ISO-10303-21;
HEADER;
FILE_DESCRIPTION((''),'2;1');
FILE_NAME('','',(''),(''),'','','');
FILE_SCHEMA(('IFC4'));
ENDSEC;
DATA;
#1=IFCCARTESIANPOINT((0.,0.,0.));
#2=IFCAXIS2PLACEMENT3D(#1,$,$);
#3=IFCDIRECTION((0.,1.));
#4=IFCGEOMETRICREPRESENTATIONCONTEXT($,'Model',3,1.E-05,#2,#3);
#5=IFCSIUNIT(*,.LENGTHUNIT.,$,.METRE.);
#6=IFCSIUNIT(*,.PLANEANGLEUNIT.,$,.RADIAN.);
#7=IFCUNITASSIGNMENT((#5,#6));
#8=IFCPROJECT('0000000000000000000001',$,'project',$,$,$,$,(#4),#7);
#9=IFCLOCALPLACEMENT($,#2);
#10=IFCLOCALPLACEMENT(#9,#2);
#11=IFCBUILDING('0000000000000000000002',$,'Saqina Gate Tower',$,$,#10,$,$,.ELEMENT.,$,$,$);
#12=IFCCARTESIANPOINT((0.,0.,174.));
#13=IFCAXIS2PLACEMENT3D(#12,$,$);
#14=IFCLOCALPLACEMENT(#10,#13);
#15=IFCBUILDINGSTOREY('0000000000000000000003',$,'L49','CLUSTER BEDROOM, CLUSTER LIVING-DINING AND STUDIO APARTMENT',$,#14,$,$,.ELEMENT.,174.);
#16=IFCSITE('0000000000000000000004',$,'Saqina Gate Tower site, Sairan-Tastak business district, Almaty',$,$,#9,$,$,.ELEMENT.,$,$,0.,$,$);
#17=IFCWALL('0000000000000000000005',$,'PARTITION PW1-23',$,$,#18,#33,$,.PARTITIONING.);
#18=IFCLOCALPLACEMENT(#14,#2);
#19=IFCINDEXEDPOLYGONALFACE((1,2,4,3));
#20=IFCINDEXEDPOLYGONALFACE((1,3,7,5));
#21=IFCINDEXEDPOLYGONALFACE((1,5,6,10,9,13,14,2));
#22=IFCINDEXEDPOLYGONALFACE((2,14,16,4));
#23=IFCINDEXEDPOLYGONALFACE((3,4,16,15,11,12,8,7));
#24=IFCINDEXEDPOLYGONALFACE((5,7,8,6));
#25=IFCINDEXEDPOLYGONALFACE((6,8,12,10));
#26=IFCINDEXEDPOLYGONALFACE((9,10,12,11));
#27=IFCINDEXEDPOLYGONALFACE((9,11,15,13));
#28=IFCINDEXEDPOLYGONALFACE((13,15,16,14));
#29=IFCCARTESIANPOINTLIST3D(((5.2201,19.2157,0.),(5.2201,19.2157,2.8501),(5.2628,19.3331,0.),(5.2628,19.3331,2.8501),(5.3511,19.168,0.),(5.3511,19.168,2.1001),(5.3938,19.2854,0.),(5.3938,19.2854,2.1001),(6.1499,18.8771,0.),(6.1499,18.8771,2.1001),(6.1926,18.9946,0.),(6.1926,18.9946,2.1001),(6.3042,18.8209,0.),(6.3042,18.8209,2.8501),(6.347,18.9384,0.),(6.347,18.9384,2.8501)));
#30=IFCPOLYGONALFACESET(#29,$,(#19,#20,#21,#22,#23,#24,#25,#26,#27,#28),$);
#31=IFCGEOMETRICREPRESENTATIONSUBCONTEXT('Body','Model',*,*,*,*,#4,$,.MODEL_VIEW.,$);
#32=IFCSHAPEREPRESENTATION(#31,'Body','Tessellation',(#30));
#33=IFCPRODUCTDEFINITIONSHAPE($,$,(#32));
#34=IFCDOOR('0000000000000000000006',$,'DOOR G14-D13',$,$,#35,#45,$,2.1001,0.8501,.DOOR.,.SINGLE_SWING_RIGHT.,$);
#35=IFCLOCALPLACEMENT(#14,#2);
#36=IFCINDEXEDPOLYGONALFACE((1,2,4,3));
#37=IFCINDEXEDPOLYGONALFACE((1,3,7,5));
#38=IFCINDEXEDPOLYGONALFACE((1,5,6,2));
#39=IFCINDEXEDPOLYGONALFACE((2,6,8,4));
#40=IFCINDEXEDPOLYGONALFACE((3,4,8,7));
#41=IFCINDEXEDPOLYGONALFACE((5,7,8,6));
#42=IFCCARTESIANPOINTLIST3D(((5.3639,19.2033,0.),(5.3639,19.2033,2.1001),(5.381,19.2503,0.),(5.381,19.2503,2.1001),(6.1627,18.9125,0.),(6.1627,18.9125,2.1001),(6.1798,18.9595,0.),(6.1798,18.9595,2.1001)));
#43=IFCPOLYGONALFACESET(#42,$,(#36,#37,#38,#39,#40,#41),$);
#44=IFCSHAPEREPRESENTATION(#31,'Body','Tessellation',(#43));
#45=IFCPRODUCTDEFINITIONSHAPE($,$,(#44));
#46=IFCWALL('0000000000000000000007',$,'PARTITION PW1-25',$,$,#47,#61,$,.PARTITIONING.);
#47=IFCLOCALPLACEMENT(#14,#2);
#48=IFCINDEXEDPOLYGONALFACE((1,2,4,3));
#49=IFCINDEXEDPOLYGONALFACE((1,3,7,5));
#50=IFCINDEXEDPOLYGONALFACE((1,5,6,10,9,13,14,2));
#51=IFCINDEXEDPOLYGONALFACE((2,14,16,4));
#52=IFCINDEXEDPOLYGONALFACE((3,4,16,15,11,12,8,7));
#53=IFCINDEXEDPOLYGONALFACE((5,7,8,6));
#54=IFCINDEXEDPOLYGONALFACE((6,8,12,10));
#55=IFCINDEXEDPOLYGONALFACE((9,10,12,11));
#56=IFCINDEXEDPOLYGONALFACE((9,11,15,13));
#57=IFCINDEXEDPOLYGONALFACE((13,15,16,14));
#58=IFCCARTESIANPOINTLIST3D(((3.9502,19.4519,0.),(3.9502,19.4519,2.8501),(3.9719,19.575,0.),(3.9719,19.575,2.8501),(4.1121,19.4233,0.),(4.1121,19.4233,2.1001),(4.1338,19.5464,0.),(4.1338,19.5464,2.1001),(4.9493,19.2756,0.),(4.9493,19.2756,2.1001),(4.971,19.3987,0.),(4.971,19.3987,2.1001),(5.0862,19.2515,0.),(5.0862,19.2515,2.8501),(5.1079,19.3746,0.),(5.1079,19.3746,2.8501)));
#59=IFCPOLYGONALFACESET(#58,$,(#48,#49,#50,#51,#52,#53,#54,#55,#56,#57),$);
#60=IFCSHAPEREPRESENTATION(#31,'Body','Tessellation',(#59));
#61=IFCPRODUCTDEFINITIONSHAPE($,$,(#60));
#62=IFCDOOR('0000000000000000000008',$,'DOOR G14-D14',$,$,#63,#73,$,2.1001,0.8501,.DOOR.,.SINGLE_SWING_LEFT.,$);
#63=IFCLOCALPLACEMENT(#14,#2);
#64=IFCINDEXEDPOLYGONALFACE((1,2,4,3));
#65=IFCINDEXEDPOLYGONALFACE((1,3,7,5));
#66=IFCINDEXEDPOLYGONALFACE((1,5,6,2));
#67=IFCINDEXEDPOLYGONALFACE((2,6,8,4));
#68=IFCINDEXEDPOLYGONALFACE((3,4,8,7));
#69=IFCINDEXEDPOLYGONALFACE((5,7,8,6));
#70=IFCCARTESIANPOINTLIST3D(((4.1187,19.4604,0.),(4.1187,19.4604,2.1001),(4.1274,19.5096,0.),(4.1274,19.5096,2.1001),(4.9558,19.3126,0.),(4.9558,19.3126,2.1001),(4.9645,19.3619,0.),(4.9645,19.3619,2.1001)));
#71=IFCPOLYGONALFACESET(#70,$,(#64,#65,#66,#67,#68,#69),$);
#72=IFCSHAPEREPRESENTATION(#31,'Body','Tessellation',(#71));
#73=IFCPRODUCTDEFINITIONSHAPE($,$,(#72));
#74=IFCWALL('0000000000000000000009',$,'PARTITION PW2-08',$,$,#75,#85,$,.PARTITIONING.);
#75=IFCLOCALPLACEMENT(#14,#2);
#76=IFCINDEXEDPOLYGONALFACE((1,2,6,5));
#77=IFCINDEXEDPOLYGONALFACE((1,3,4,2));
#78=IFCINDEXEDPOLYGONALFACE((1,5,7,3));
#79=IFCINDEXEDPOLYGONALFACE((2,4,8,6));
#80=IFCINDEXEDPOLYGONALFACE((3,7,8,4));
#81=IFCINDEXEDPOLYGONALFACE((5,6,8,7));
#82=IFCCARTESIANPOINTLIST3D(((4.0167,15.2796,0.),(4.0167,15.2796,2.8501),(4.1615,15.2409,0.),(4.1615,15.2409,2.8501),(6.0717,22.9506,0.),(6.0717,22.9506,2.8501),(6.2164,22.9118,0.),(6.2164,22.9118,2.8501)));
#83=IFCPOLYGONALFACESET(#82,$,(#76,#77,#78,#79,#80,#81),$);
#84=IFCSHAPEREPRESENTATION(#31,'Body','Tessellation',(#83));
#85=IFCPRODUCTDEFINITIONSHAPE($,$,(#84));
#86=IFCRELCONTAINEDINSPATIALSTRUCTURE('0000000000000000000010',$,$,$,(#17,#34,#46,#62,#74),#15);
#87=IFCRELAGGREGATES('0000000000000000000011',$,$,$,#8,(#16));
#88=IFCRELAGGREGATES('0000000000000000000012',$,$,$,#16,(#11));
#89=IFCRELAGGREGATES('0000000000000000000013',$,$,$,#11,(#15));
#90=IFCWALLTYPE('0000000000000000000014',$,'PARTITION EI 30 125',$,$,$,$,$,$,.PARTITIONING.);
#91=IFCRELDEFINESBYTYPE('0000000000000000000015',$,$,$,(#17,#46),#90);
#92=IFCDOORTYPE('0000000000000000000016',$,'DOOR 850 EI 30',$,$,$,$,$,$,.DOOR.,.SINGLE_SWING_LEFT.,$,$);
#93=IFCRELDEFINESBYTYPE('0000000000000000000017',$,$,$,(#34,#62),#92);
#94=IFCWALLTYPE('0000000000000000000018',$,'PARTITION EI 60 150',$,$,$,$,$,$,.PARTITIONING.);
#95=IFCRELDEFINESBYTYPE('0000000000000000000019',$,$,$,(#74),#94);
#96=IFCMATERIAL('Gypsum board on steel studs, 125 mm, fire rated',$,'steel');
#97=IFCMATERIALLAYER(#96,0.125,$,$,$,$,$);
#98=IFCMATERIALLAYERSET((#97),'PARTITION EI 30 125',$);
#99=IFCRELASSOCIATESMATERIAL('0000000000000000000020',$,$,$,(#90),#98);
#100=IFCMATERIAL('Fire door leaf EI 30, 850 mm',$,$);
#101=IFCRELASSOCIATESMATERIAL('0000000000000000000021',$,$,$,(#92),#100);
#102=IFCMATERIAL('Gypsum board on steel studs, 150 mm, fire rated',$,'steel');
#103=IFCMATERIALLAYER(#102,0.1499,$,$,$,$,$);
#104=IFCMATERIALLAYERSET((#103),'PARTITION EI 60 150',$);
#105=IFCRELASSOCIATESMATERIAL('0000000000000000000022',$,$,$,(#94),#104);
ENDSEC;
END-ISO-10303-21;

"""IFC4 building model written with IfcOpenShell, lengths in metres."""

from ifc_helpers import new_model, si_unit, direction, frame, frame_2d, origin, place, context, subcontext, project, spatial, rectangle, extrude, material, layer, layer_set, type_object, element, fill, save


model = new_model("IFC4")

# Units and contexts
model_context = context("Model", 3, precision=1e-05, world=origin(), true_north=direction((0.0, 1.0)))
body_context = subcontext(model_context, "Body", "Model", "MODEL_VIEW")
ifc_project = project(units=[si_unit("LENGTHUNIT", "METRE"), si_unit("PLANEANGLEUNIT", "RADIAN")], contexts=[model_context])

# Site, building, storey
site_placement = place(None, origin())
site = spatial("IfcSite", under=ifc_project, at=site_placement, Name="Saqina Gate Tower site, Sairan-Tastak business district, Almaty", CompositionType="ELEMENT", RefElevation=0.0)
building_placement = place(site_placement, origin())
building = spatial("IfcBuilding", under=site, at=building_placement, Name="Saqina Gate Tower", CompositionType="ELEMENT")
storey_placement = place(building_placement, frame((0.0, 0.0, 174.0)))
storey = spatial("IfcBuildingStorey", under=building, at=storey_placement, Name="L49", Description="CLUSTER BEDROOM, CLUSTER LIVING-DINING AND STUDIO APARTMENT", CompositionType="ELEMENT", Elevation=174.0)

# Walls, openings, doors
ifc_material_1 = material(Name="Gypsum board on steel studs, 125 mm, fire rated", Category="steel")
ifc_layer_1 = layer(ifc_material_1, 0.125)
ifc_layer_set_1 = layer_set([ifc_layer_1], Name="PARTITION EI 30 125")
wall_type_1 = type_object("IfcWallType", Name="PARTITION EI 30 125", PredefinedType="PARTITIONING", material=ifc_layer_set_1)
wall_1_placement = place(storey_placement, frame((5.2415, 19.2744, 0.0), z_axis=(0.0, 0.0, 1.0), x_axis=(0.939651, -0.342134, 0.0)))
wall_1 = element("IfcWall", 1, at=wall_1_placement, inside=storey, type_object=wall_type_1, Name="PARTITION PW1-23", PredefinedType="PARTITIONING", context=body_context, shape_type="SweptSolid", body=[
    extrude(rectangle(XDim=1.1538, YDim=0.125, at=frame_2d((0.5769, 0.0))), origin(), (0.0, 0.0, 1.0), 2.8501),
])
opening_1_placement = place(wall_1_placement, frame((0.1394, 0.0, 0.0)))
opening_1 = element("IfcOpeningElement", 2, at=opening_1_placement, cuts=wall_1, PredefinedType="OPENING", context=body_context, shape_type="SweptSolid", body=[
    extrude(rectangle(XDim=0.8501, YDim=2.1001, at=frame_2d((0.425, 1.05))), frame((0.0, 0.0745, 0.0), z_axis=(0.0, -1.0, 0.0), x_axis=(1.0, 0.0, 0.0)), (0.0, 0.0, 1.0), 0.1489),
])
ifc_material_2 = material(Name="Fire door leaf EI 30, 850 mm")
door_type_1 = type_object("IfcDoorType", Name="DOOR 850 EI 30", OperationType="SINGLE_SWING_LEFT", PredefinedType="DOOR", material=ifc_material_2)
door_1_placement = place(opening_1_placement, frame((0.8501, 0.0, 0.0), z_axis=(0.0, 0.0, 1.0), x_axis=(-1.0, 0.0, 0.0)))
door_1 = element("IfcDoor", 3, at=door_1_placement, inside=storey, type_object=door_type_1, Name="DOOR G14-D13", OperationType="SINGLE_SWING_RIGHT", OverallHeight=2.1001, OverallWidth=0.8501, PredefinedType="DOOR", context=body_context, shape_type="SweptSolid", body=[
    extrude(rectangle(XDim=0.8501, YDim=2.1001, at=frame_2d((0.425, 1.05))), frame((0.0, 0.0249, 0.0), z_axis=(0.0, -1.0, 0.0), x_axis=(1.0, 0.0, 0.0)), (0.0, 0.0, 1.0), 0.05),
])
fill(opening_1, door_1)
wall_2_placement = place(storey_placement, frame((3.9612, 19.5134, 0.0), z_axis=(0.0, 0.0, 1.0), x_axis=(0.984788, -0.173761, 0.0)))
wall_2 = element("IfcWall", 4, at=wall_2_placement, inside=storey, type_object=wall_type_1, Name="PARTITION PW1-25", PredefinedType="PARTITIONING", context=body_context, shape_type="SweptSolid", body=[
    extrude(rectangle(XDim=1.1536, YDim=0.125, at=frame_2d((0.5767, 0.0))), origin(), (0.0, 0.0, 1.0), 2.8501),
])
opening_2_placement = place(wall_2_placement, frame((0.1643, 0.0, 0.0)))
opening_2 = element("IfcOpeningElement", 5, at=opening_2_placement, cuts=wall_2, PredefinedType="OPENING", context=body_context, shape_type="SweptSolid", body=[
    extrude(rectangle(XDim=0.8501, YDim=2.1001, at=frame_2d((0.425, 1.05))), frame((0.0, 0.0745, 0.0), z_axis=(0.0, -1.0, 0.0), x_axis=(1.0, 0.0, 0.0)), (0.0, 0.0, 1.0), 0.1489),
])
door_2_placement = place(opening_2_placement, frame((0.8501, 0.0, 0.0), z_axis=(0.0, 0.0, 1.0), x_axis=(-1.0, 0.0, 0.0)))
door_2 = element("IfcDoor", 6, at=door_2_placement, inside=storey, type_object=door_type_1, Name="DOOR G14-D14", OperationType="SINGLE_SWING_LEFT", OverallHeight=2.1001, OverallWidth=0.8501, PredefinedType="DOOR", context=body_context, shape_type="SweptSolid", body=[
    extrude(rectangle(XDim=0.8501, YDim=2.1001, at=frame_2d((0.425, 1.05))), frame((0.0, 0.0249, 0.0), z_axis=(0.0, -1.0, 0.0), x_axis=(1.0, 0.0, 0.0)), (0.0, 0.0, 1.0), 0.05),
])
fill(opening_2, door_2)

# Wall
ifc_material_3 = material(Name="Gypsum board on steel studs, 150 mm, fire rated", Category="steel")
ifc_layer_2 = layer(ifc_material_3, 0.1499)
ifc_layer_set_2 = layer_set([ifc_layer_2], Name="PARTITION EI 60 150")
wall_type_2 = type_object("IfcWallType", Name="PARTITION EI 60 150", PredefinedType="PARTITIONING", material=ifc_layer_set_2)
wall_3_placement = place(storey_placement, frame((4.0891, 15.2603, 0.0), z_axis=(0.0, 0.0, 1.0), x_axis=(0.258763, 0.965941, 0.0)))
element("IfcWall", 7, at=wall_3_placement, inside=storey, type_object=wall_type_2, Name="PARTITION PW2-08", PredefinedType="PARTITIONING", context=body_context, shape_type="SweptSolid", body=[
    extrude(rectangle(XDim=7.9414, YDim=0.1499, at=frame_2d((3.9707, 0.0))), origin(), (0.0, 0.0, 1.0), 2.8501),
])

save(model, "model.ifc")
